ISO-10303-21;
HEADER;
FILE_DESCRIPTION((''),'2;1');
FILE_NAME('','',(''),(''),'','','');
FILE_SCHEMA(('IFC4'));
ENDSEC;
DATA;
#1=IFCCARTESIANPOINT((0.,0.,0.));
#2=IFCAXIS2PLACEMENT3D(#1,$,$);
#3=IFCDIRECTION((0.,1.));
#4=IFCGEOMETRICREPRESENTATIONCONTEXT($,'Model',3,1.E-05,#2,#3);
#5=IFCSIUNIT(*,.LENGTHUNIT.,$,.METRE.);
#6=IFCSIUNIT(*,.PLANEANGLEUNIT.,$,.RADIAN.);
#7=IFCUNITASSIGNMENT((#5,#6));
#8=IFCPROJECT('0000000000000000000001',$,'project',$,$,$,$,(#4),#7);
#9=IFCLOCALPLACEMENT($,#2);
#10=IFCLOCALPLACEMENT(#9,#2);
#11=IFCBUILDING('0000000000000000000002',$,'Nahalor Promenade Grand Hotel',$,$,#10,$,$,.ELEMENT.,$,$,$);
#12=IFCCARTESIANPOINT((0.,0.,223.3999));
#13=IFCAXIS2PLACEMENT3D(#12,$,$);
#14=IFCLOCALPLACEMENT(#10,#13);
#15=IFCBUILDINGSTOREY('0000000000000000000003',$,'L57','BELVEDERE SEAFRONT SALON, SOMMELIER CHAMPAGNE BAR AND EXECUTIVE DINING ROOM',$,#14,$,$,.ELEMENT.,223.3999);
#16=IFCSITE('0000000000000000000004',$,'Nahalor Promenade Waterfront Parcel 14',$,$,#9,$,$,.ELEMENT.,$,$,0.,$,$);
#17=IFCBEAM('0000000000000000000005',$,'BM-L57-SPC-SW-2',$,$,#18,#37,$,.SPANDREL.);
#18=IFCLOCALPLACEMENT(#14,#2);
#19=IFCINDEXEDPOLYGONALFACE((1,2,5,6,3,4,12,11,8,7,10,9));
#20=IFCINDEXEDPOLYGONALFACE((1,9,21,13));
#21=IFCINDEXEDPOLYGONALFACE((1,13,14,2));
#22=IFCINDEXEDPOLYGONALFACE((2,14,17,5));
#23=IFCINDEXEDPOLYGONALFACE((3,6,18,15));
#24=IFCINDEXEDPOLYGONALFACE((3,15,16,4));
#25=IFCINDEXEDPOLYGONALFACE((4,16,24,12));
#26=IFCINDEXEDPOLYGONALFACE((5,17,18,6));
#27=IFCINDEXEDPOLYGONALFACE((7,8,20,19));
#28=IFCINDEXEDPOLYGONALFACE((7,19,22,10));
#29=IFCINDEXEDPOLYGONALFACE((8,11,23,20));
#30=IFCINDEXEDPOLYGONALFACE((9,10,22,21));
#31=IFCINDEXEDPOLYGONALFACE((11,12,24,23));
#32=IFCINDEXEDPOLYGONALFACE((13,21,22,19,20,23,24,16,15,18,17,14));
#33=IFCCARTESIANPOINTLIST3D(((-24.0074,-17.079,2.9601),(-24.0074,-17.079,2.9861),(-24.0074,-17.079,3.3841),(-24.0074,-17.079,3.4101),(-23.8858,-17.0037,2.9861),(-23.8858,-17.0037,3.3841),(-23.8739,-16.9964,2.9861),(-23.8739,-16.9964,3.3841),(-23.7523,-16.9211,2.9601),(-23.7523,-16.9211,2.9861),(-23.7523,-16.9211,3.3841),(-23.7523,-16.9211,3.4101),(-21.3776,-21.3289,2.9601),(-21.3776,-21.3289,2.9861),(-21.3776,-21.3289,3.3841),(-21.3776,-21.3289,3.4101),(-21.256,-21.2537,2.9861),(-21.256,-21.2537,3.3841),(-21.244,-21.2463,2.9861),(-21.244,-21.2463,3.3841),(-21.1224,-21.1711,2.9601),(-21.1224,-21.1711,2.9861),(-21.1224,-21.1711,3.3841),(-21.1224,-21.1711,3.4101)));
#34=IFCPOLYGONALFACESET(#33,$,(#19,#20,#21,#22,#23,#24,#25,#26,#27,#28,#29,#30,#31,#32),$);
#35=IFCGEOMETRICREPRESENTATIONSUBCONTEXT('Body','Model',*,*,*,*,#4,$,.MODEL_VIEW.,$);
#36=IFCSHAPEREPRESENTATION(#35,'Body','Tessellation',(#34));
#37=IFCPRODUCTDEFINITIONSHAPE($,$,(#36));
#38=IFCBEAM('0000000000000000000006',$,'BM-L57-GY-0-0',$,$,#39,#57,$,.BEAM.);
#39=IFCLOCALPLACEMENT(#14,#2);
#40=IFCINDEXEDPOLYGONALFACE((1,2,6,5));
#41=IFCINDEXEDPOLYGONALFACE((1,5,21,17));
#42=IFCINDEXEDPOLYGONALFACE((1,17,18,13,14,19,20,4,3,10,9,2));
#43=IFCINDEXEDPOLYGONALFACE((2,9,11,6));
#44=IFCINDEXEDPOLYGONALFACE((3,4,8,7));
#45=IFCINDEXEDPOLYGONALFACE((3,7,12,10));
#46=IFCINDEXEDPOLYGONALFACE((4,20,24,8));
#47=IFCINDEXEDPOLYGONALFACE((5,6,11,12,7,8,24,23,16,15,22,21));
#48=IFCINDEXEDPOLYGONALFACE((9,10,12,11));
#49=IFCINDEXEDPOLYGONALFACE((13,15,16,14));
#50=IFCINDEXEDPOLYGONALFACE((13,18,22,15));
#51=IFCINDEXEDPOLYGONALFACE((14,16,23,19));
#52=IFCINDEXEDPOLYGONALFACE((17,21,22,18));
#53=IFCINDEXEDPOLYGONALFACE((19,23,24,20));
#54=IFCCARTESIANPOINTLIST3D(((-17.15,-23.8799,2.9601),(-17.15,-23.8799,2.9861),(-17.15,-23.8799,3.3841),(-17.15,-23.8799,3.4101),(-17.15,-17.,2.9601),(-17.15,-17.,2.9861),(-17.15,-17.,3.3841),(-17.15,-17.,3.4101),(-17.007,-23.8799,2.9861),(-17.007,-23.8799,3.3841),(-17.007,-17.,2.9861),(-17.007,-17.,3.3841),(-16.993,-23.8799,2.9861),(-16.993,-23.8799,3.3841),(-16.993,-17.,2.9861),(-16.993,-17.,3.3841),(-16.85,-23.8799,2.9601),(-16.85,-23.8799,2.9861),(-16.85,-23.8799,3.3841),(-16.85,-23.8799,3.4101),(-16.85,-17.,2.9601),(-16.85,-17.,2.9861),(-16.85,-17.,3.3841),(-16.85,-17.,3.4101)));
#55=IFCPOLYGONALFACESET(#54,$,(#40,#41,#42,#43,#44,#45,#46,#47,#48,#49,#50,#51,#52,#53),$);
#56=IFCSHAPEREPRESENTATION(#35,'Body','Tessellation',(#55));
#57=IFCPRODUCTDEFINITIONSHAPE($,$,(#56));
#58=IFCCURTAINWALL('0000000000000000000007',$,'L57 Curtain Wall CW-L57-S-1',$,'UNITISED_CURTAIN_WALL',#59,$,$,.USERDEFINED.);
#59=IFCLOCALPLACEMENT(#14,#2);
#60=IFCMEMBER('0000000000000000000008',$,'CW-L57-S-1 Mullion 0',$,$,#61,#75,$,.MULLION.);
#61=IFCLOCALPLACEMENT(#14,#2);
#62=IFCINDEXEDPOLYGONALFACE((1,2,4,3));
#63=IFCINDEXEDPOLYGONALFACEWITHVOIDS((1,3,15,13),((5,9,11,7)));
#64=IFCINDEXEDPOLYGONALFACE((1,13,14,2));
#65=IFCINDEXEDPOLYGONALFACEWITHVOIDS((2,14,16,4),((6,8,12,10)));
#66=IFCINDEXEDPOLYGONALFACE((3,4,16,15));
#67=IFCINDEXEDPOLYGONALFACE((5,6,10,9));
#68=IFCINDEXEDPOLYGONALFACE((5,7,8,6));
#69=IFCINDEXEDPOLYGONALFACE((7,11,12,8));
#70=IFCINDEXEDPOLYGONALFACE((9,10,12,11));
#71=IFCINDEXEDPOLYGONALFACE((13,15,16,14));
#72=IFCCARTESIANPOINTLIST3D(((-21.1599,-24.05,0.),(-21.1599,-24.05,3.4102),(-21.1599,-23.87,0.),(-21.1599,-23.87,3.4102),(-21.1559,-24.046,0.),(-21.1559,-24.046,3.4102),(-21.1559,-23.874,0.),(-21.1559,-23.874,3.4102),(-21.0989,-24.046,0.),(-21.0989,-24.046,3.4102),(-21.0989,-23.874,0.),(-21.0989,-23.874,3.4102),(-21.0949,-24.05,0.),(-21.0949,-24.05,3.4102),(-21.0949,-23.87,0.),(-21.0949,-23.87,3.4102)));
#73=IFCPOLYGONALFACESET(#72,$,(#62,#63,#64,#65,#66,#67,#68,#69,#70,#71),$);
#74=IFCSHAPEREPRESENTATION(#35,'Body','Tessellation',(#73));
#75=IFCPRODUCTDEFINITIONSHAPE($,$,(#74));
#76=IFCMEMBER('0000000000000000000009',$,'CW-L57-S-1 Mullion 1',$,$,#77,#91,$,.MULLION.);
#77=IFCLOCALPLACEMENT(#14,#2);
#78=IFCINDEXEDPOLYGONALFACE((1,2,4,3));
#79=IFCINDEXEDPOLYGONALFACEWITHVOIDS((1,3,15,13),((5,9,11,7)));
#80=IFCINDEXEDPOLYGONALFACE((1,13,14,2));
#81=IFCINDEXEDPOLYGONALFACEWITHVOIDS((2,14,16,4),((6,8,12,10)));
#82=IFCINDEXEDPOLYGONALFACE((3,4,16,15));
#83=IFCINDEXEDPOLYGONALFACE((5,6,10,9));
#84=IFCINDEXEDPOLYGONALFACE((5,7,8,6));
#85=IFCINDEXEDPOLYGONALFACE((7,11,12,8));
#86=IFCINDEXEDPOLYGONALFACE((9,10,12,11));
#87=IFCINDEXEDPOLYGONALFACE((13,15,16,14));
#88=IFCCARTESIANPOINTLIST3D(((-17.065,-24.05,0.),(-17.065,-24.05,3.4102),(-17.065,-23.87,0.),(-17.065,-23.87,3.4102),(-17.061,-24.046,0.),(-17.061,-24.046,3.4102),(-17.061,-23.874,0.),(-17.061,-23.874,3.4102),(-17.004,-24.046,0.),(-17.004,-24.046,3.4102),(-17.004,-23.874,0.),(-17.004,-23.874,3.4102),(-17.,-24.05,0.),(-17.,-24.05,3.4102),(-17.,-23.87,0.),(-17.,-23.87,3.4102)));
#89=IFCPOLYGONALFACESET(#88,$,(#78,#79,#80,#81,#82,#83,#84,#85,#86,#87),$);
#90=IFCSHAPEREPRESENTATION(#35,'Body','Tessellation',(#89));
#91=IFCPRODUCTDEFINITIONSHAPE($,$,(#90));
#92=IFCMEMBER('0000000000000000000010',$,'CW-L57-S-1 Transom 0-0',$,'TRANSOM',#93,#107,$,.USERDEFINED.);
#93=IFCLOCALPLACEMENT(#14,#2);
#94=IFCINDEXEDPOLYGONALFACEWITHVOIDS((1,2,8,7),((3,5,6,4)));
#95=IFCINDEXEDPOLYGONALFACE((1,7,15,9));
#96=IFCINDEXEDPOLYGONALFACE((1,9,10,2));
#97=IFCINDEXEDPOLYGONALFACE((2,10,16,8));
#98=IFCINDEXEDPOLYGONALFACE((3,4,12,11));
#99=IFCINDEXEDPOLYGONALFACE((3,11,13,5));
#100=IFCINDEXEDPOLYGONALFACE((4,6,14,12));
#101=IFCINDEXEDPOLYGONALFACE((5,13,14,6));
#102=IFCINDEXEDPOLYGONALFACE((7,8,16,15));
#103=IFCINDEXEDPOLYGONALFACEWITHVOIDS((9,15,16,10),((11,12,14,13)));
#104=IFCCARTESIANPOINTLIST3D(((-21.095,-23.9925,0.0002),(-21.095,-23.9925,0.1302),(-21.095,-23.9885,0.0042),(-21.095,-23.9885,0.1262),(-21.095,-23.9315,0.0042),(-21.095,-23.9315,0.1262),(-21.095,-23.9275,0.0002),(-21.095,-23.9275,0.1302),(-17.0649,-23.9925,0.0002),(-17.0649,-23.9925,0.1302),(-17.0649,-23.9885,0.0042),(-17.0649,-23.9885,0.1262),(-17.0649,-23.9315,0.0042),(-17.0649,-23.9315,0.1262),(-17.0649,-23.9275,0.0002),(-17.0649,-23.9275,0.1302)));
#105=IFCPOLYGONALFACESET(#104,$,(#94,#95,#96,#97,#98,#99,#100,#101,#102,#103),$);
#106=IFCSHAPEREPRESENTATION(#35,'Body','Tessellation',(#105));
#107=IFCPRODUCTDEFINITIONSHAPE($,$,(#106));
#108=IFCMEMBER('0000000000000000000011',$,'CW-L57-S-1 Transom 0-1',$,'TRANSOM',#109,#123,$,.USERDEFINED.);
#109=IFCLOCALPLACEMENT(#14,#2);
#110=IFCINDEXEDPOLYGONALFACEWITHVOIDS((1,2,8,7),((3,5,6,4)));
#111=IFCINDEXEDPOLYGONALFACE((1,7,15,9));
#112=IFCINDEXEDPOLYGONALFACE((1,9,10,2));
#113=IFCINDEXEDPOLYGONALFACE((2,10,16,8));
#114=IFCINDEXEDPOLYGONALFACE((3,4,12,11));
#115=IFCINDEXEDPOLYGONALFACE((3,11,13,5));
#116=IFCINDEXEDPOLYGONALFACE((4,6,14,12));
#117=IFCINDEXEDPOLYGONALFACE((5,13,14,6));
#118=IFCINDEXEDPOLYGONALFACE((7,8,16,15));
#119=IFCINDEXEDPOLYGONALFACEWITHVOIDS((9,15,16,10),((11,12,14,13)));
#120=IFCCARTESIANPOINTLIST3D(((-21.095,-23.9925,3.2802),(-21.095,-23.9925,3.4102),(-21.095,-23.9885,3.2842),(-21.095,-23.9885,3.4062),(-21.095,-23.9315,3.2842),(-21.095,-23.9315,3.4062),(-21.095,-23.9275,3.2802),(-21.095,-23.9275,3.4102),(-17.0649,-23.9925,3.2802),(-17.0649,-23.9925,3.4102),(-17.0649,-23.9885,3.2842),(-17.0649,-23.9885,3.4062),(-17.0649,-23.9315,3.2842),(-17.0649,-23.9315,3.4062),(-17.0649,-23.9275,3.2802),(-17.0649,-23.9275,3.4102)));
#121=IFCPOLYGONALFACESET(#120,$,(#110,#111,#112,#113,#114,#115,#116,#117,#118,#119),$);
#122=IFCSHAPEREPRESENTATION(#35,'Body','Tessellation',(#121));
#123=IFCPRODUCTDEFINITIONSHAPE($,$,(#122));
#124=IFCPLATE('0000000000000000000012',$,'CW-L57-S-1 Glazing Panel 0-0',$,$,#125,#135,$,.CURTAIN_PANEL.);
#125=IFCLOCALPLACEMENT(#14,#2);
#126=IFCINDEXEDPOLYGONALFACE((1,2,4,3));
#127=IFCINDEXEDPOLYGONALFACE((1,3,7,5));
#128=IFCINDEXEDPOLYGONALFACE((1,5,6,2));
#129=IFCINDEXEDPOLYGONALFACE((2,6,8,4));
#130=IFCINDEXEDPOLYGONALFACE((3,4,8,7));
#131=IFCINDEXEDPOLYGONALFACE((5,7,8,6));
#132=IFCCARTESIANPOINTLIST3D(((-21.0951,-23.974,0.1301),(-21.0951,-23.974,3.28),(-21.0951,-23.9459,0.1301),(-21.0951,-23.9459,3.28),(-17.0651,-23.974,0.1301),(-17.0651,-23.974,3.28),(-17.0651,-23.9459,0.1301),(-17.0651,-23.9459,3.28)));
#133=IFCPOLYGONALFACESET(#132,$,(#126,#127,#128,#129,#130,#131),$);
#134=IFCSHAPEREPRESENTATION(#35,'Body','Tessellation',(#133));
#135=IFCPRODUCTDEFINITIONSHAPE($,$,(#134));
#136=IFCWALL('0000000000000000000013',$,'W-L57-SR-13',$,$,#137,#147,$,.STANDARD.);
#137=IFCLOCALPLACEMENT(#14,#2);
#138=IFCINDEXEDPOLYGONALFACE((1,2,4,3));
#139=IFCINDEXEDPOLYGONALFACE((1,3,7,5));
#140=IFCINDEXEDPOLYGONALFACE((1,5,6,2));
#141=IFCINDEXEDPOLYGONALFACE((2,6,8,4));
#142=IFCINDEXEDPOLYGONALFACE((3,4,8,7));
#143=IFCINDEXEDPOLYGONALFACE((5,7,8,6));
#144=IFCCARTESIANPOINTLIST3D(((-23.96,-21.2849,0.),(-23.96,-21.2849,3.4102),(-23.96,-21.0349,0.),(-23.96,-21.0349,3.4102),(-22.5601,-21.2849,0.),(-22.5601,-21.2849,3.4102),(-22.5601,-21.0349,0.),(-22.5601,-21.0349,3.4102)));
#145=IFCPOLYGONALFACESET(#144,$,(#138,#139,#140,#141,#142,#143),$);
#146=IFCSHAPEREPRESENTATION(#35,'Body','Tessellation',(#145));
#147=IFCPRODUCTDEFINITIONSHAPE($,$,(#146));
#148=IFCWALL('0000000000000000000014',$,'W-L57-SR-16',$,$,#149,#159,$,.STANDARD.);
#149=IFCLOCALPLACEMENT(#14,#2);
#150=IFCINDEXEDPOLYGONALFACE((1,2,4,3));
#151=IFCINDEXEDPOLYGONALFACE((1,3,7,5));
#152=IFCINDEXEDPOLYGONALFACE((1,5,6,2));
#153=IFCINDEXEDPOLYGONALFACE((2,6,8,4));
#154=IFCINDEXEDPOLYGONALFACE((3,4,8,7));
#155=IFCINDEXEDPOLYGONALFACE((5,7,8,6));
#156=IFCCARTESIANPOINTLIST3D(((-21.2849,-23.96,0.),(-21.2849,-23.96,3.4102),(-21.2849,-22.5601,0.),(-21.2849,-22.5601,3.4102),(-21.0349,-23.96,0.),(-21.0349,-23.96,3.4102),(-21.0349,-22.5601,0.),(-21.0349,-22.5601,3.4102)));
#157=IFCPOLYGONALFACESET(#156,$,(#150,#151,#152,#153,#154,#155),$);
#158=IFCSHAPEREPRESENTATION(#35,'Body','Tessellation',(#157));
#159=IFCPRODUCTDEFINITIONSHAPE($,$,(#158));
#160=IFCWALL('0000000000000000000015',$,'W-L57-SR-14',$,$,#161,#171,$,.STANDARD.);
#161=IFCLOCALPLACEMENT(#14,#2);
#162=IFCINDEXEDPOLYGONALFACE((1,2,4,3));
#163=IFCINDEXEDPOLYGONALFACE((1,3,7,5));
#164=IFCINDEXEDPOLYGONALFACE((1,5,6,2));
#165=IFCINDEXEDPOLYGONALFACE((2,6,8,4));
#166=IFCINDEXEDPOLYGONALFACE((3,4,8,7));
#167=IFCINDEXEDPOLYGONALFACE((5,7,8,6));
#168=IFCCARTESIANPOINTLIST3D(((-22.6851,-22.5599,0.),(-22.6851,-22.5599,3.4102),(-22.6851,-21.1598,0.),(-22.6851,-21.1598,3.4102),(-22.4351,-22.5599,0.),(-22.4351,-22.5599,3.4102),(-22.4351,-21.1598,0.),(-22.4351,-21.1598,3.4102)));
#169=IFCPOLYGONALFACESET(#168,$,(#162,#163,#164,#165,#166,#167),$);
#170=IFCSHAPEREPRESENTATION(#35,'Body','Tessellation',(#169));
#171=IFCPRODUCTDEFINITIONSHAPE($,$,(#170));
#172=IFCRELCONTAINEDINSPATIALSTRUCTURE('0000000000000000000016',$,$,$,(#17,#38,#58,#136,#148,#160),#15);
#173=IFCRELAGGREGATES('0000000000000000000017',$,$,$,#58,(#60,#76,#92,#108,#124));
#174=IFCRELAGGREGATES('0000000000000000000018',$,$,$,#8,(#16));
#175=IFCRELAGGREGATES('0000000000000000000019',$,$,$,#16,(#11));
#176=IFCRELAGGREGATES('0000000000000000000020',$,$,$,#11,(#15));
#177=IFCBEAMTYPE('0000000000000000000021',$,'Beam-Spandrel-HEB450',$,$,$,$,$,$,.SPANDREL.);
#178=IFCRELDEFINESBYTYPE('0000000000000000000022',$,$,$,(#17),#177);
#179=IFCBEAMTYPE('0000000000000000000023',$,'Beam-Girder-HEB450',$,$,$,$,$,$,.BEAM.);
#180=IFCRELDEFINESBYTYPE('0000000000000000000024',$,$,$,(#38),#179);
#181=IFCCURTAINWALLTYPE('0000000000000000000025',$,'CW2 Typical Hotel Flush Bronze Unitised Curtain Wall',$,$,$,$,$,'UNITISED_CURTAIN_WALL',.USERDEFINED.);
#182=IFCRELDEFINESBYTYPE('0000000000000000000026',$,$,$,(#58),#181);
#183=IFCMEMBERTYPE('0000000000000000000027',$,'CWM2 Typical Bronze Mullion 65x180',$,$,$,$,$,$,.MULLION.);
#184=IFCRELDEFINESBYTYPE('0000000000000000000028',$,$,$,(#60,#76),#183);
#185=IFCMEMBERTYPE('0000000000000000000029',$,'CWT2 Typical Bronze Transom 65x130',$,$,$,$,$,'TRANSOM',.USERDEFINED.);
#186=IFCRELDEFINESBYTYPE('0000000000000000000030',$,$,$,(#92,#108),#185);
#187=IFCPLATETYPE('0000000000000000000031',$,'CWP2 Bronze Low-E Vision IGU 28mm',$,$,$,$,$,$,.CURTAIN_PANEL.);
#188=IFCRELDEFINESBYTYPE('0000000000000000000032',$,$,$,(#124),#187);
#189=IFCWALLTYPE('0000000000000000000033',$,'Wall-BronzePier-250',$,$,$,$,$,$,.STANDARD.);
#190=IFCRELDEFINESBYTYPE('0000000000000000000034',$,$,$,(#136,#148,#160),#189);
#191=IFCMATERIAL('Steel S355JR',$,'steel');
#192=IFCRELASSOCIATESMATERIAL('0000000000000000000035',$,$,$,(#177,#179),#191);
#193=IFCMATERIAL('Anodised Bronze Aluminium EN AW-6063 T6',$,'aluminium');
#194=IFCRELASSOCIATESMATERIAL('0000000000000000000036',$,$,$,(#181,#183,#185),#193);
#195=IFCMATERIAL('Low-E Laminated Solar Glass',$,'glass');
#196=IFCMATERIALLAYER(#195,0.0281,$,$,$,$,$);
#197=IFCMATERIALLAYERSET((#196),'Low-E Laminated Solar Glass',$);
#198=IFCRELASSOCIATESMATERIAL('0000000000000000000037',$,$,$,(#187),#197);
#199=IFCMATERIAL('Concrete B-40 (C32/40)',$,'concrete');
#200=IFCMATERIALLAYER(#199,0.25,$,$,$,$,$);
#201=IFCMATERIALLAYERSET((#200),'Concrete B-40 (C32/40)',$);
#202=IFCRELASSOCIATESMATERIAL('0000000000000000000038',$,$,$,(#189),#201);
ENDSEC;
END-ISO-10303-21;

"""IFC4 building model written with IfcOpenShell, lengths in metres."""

from ifc_helpers import new_model, si_unit, direction, frame, frame_2d, origin, origin_2d, place, context, subcontext, project, spatial, rectangle, hollow_rectangle, i_section, extrude, source, transform, mapped, material, layer, layer_set, material_profile, profile_set, type_object, element, aggregate, save


model = new_model("IFC4")

# Units and contexts
model_context = context("Model", 3, precision=1e-05, world=origin(), true_north=direction((0.0, 1.0)))
body_context = subcontext(model_context, "Body", "Model", "MODEL_VIEW")
ifc_project = project(units=[si_unit("LENGTHUNIT", "METRE"), si_unit("PLANEANGLEUNIT", "RADIAN")], contexts=[model_context])

# Site, building, storey
site_placement = place(None, origin())
site = spatial("IfcSite", under=ifc_project, at=site_placement, Name="Nahalor Promenade Waterfront Parcel 14", CompositionType="ELEMENT", RefElevation=0.0)
building_placement = place(site_placement, origin())
building = spatial("IfcBuilding", under=site, at=building_placement, Name="Nahalor Promenade Grand Hotel", CompositionType="ELEMENT")
storey_placement = place(building_placement, frame((0.0, 0.0, 223.3999)))
storey = spatial("IfcBuildingStorey", under=building, at=storey_placement, Name="L57", Description="BELVEDERE SEAFRONT SALON, SOMMELIER CHAMPAGNE BAR AND EXECUTIVE DINING ROOM", CompositionType="ELEMENT", Elevation=223.3999)

# Shared definitions
ifc_material_1 = material(Name="Steel S355JR", Category="steel")

# Beams
ifc_material_profile_1 = material_profile(ifc_material_1, i_section(OverallWidth=0.3, OverallDepth=0.45, WebThickness=0.014, FlangeThickness=0.026, at=origin_2d()), Name="HEB 450")
ifc_profile_set_1 = profile_set([ifc_material_profile_1], Name="Steel S355JR")
beam_type_1 = type_object("IfcBeamType", Name="Beam-Spandrel-HEB450", PredefinedType="SPANDREL", material=ifc_profile_set_1)
shared_shape_1 = source(origin(), body_context, "Body", "SweptSolid", [
    extrude(i_section(OverallWidth=0.3, OverallDepth=0.45, WebThickness=0.014, FlangeThickness=0.026, at=origin_2d()), origin(), (0.0, 0.0, 1.0), 4.9978),
])
for number, where, z_axis, x_axis, name in (
    (1, (-21.25, -21.25, 3.1851), (-0.5262, 0.850361, 0.0), (-0.850361, -0.5262, 0.0), "BM-L57-SPC-SW-2"),
):
    element("IfcBeam", number, at=place(storey_placement, frame(where, z_axis=z_axis, x_axis=x_axis)), inside=storey, type_object=beam_type_1, Name=name, PredefinedType="SPANDREL", context=body_context, shape_type="MappedRepresentation", body=[
        mapped(shared_shape_1, transform((0.0, 0.0, 0.0), scale=1.0)),
    ])
ifc_material_profile_2 = material_profile(ifc_material_1, i_section(OverallWidth=0.3, OverallDepth=0.45, WebThickness=0.014, FlangeThickness=0.026, at=origin_2d()), Name="HEB 450")
ifc_profile_set_2 = profile_set([ifc_material_profile_2], Name="Steel S355JR")
beam_type_2 = type_object("IfcBeamType", Name="Beam-Girder-HEB450", PredefinedType="BEAM", material=ifc_profile_set_2)
shared_shape_2 = source(origin(), body_context, "Body", "SweptSolid", [
    extrude(i_section(OverallWidth=0.3, OverallDepth=0.45, WebThickness=0.014, FlangeThickness=0.026, at=origin_2d()), origin(), (0.0, 0.0, 1.0), 6.8799),
])
beam_1_placement = place(storey_placement, frame((-17.0, -23.8799, 3.1851), z_axis=(0.0, 1.0, 0.0), x_axis=(-1.0, 0.0, 0.0)))
element("IfcBeam", 2, at=beam_1_placement, inside=storey, type_object=beam_type_2, Name="BM-L57-GY-0-0", PredefinedType="BEAM", context=body_context, shape_type="MappedRepresentation", body=[
    mapped(shared_shape_2, transform((0.0, 0.0, 0.0), scale=1.0)),
])

# Curtain wall, members, plate
ifc_material_2 = material(Name="Anodised Bronze Aluminium EN AW-6063 T6", Category="aluminium")
curtain_wall_type = type_object("IfcCurtainWallType", Name="CW2 Typical Hotel Flush Bronze Unitised Curtain Wall", ElementType="UNITISED_CURTAIN_WALL", PredefinedType="USERDEFINED", material=ifc_material_2)
curtain_wall_placement = place(storey_placement, origin())
curtain_wall = element("IfcCurtainWall", 3, at=curtain_wall_placement, inside=storey, type_object=curtain_wall_type, Name="L57 Curtain Wall CW-L57-S-1", ObjectType="UNITISED_CURTAIN_WALL", PredefinedType="USERDEFINED")
ifc_material_profile_3 = material_profile(ifc_material_2, hollow_rectangle(XDim=0.065, YDim=0.18, WallThickness=0.004, at=origin_2d()), Name="CWM 65x180x4")
ifc_profile_set_3 = profile_set([ifc_material_profile_3], Name="Anodised Bronze Aluminium EN AW-6063 T6")
member_type_1 = type_object("IfcMemberType", Name="CWM2 Typical Bronze Mullion 65x180", PredefinedType="MULLION", material=ifc_profile_set_3)
shared_shape_3 = source(origin(), body_context, "Body", "SweptSolid", [
    extrude(hollow_rectangle(XDim=0.065, YDim=0.18, WallThickness=0.004, at=origin_2d()), origin(), (0.0, 0.0, 1.0), 3.4102),
])
member_1_placement = place(storey_placement, frame((-21.1274, -23.96, 0.0), z_axis=(0.0, 0.0, 1.0), x_axis=(1.0, 0.0, 0.0)))
member_1 = element("IfcMember", 4, at=member_1_placement, type_object=member_type_1, Name="CW-L57-S-1 Mullion 0", PredefinedType="MULLION", context=body_context, shape_type="MappedRepresentation", body=[
    mapped(shared_shape_3, transform((0.0, 0.0, 0.0), scale=1.0)),
])
member_2_placement = place(storey_placement, frame((-17.0325, -23.96, 0.0), z_axis=(0.0, 0.0, 1.0), x_axis=(1.0, 0.0, 0.0)))
member_2 = element("IfcMember", 5, at=member_2_placement, type_object=member_type_1, Name="CW-L57-S-1 Mullion 1", PredefinedType="MULLION", context=body_context, shape_type="MappedRepresentation", body=[
    mapped(shared_shape_3, transform((0.0, 0.0, 0.0), scale=1.0)),
])
ifc_material_profile_4 = material_profile(ifc_material_2, hollow_rectangle(XDim=0.065, YDim=0.13, WallThickness=0.004, at=origin_2d()), Name="CWT 65x130x4")
ifc_profile_set_4 = profile_set([ifc_material_profile_4], Name="Anodised Bronze Aluminium EN AW-6063 T6")
member_type_2 = type_object("IfcMemberType", Name="CWT2 Typical Bronze Transom 65x130", ElementType="TRANSOM", PredefinedType="USERDEFINED", material=ifc_profile_set_4)
shared_shape_4 = source(origin(), body_context, "Body", "SweptSolid", [
    extrude(hollow_rectangle(XDim=0.065, YDim=0.13, WallThickness=0.004, at=origin_2d()), origin(), (0.0, 0.0, 1.0), 4.03),
])
member_3_placement = place(storey_placement, frame((-21.095, -23.96, 0.0652), z_axis=(1.0, 0.0, 0.0), x_axis=(0.0, 1.0, 0.0)))
member_3 = element("IfcMember", 6, at=member_3_placement, type_object=member_type_2, Name="CW-L57-S-1 Transom 0-0", ObjectType="TRANSOM", PredefinedType="USERDEFINED", context=body_context, shape_type="MappedRepresentation", body=[
    mapped(shared_shape_4, transform((0.0, 0.0, 0.0), scale=1.0)),
])
member_4_placement = place(storey_placement, frame((-21.095, -23.96, 3.3452), z_axis=(1.0, 0.0, 0.0), x_axis=(0.0, 1.0, 0.0)))
member_4 = element("IfcMember", 7, at=member_4_placement, type_object=member_type_2, Name="CW-L57-S-1 Transom 0-1", ObjectType="TRANSOM", PredefinedType="USERDEFINED", context=body_context, shape_type="MappedRepresentation", body=[
    mapped(shared_shape_4, transform((0.0, 0.0, 0.0), scale=1.0)),
])
ifc_material_3 = material(Name="Low-E Laminated Solar Glass", Category="glass")
ifc_layer_1 = layer(ifc_material_3, 0.0281)
ifc_layer_set_1 = layer_set([ifc_layer_1], Name="Low-E Laminated Solar Glass")
plate_type = type_object("IfcPlateType", Name="CWP2 Bronze Low-E Vision IGU 28mm", PredefinedType="CURTAIN_PANEL", material=ifc_layer_set_1)
shared_shape_5 = source(origin(), body_context, "Body", "SweptSolid", [
    extrude(rectangle(XDim=4.03, YDim=0.0281, at=origin_2d()), origin(), (0.0, 0.0, 1.0), 3.1499),
])
plate_placement = place(storey_placement, frame((-19.0801, -23.96, 0.1301), z_axis=(0.0, 0.0, 1.0), x_axis=(1.0, 0.0, 0.0)))
plate = element("IfcPlate", 8, at=plate_placement, type_object=plate_type, Name="CW-L57-S-1 Glazing Panel 0-0", PredefinedType="CURTAIN_PANEL", context=body_context, shape_type="MappedRepresentation", body=[
    mapped(shared_shape_5, transform((0.0, 0.0, 0.0), scale=1.0)),
])
aggregate(curtain_wall, [member_1, member_2, member_3, member_4, plate])

# Walls
ifc_material_4 = material(Name="Concrete B-40 (C32/40)", Category="concrete")
ifc_layer_2 = layer(ifc_material_4, 0.25)
ifc_layer_set_2 = layer_set([ifc_layer_2], Name="Concrete B-40 (C32/40)")
wall_type_1 = type_object("IfcWallType", Name="Wall-BronzePier-250", PredefinedType="STANDARD", material=ifc_layer_set_2)
shared_shape_6 = source(origin(), body_context, "Body", "SweptSolid", [
    extrude(rectangle(XDim=1.3999, YDim=0.25, at=frame_2d((0.7, 0.0))), origin(), (0.0, 0.0, 1.0), 3.4102),
])
for number, where, z_axis, x_axis, name in (
    (9, (-23.96, -21.1599, 0.0), (0.0, 0.0, 1.0), (1.0, 0.0, 0.0), "W-L57-SR-13"),
    (10, (-21.1599, -23.96, 0.0), (0.0, 0.0, 1.0), (0.0, 1.0, 0.0), "W-L57-SR-16"),
):
    element("IfcWall", number, at=place(storey_placement, frame(where, z_axis=z_axis, x_axis=x_axis)), inside=storey, type_object=wall_type_1, Name=name, PredefinedType="STANDARD", context=body_context, shape_type="MappedRepresentation", body=[
        mapped(shared_shape_6, transform((0.0, 0.0, 0.0), scale=1.0)),
    ])
shared_shape_7 = source(origin(), body_context, "Body", "SweptSolid", [
    extrude(rectangle(XDim=1.4001, YDim=0.25, at=frame_2d((0.7002, 0.0))), origin(), (0.0, 0.0, 1.0), 3.4102),
])
for number, where, z_axis, x_axis, name in (
    (11, (-22.5601, -22.5601, 0.0), (0.0, 0.0, 1.0), (0.0, 1.0, 0.0), "W-L57-SR-14"),
):
    element("IfcWall", number, at=place(storey_placement, frame(where, z_axis=z_axis, x_axis=x_axis)), inside=storey, type_object=wall_type_1, Name=name, PredefinedType="STANDARD", context=body_context, shape_type="MappedRepresentation", body=[
        mapped(shared_shape_7, transform((0.0, 0.0, 0.0), scale=1.0)),
    ])

save(model, "model.ifc")
